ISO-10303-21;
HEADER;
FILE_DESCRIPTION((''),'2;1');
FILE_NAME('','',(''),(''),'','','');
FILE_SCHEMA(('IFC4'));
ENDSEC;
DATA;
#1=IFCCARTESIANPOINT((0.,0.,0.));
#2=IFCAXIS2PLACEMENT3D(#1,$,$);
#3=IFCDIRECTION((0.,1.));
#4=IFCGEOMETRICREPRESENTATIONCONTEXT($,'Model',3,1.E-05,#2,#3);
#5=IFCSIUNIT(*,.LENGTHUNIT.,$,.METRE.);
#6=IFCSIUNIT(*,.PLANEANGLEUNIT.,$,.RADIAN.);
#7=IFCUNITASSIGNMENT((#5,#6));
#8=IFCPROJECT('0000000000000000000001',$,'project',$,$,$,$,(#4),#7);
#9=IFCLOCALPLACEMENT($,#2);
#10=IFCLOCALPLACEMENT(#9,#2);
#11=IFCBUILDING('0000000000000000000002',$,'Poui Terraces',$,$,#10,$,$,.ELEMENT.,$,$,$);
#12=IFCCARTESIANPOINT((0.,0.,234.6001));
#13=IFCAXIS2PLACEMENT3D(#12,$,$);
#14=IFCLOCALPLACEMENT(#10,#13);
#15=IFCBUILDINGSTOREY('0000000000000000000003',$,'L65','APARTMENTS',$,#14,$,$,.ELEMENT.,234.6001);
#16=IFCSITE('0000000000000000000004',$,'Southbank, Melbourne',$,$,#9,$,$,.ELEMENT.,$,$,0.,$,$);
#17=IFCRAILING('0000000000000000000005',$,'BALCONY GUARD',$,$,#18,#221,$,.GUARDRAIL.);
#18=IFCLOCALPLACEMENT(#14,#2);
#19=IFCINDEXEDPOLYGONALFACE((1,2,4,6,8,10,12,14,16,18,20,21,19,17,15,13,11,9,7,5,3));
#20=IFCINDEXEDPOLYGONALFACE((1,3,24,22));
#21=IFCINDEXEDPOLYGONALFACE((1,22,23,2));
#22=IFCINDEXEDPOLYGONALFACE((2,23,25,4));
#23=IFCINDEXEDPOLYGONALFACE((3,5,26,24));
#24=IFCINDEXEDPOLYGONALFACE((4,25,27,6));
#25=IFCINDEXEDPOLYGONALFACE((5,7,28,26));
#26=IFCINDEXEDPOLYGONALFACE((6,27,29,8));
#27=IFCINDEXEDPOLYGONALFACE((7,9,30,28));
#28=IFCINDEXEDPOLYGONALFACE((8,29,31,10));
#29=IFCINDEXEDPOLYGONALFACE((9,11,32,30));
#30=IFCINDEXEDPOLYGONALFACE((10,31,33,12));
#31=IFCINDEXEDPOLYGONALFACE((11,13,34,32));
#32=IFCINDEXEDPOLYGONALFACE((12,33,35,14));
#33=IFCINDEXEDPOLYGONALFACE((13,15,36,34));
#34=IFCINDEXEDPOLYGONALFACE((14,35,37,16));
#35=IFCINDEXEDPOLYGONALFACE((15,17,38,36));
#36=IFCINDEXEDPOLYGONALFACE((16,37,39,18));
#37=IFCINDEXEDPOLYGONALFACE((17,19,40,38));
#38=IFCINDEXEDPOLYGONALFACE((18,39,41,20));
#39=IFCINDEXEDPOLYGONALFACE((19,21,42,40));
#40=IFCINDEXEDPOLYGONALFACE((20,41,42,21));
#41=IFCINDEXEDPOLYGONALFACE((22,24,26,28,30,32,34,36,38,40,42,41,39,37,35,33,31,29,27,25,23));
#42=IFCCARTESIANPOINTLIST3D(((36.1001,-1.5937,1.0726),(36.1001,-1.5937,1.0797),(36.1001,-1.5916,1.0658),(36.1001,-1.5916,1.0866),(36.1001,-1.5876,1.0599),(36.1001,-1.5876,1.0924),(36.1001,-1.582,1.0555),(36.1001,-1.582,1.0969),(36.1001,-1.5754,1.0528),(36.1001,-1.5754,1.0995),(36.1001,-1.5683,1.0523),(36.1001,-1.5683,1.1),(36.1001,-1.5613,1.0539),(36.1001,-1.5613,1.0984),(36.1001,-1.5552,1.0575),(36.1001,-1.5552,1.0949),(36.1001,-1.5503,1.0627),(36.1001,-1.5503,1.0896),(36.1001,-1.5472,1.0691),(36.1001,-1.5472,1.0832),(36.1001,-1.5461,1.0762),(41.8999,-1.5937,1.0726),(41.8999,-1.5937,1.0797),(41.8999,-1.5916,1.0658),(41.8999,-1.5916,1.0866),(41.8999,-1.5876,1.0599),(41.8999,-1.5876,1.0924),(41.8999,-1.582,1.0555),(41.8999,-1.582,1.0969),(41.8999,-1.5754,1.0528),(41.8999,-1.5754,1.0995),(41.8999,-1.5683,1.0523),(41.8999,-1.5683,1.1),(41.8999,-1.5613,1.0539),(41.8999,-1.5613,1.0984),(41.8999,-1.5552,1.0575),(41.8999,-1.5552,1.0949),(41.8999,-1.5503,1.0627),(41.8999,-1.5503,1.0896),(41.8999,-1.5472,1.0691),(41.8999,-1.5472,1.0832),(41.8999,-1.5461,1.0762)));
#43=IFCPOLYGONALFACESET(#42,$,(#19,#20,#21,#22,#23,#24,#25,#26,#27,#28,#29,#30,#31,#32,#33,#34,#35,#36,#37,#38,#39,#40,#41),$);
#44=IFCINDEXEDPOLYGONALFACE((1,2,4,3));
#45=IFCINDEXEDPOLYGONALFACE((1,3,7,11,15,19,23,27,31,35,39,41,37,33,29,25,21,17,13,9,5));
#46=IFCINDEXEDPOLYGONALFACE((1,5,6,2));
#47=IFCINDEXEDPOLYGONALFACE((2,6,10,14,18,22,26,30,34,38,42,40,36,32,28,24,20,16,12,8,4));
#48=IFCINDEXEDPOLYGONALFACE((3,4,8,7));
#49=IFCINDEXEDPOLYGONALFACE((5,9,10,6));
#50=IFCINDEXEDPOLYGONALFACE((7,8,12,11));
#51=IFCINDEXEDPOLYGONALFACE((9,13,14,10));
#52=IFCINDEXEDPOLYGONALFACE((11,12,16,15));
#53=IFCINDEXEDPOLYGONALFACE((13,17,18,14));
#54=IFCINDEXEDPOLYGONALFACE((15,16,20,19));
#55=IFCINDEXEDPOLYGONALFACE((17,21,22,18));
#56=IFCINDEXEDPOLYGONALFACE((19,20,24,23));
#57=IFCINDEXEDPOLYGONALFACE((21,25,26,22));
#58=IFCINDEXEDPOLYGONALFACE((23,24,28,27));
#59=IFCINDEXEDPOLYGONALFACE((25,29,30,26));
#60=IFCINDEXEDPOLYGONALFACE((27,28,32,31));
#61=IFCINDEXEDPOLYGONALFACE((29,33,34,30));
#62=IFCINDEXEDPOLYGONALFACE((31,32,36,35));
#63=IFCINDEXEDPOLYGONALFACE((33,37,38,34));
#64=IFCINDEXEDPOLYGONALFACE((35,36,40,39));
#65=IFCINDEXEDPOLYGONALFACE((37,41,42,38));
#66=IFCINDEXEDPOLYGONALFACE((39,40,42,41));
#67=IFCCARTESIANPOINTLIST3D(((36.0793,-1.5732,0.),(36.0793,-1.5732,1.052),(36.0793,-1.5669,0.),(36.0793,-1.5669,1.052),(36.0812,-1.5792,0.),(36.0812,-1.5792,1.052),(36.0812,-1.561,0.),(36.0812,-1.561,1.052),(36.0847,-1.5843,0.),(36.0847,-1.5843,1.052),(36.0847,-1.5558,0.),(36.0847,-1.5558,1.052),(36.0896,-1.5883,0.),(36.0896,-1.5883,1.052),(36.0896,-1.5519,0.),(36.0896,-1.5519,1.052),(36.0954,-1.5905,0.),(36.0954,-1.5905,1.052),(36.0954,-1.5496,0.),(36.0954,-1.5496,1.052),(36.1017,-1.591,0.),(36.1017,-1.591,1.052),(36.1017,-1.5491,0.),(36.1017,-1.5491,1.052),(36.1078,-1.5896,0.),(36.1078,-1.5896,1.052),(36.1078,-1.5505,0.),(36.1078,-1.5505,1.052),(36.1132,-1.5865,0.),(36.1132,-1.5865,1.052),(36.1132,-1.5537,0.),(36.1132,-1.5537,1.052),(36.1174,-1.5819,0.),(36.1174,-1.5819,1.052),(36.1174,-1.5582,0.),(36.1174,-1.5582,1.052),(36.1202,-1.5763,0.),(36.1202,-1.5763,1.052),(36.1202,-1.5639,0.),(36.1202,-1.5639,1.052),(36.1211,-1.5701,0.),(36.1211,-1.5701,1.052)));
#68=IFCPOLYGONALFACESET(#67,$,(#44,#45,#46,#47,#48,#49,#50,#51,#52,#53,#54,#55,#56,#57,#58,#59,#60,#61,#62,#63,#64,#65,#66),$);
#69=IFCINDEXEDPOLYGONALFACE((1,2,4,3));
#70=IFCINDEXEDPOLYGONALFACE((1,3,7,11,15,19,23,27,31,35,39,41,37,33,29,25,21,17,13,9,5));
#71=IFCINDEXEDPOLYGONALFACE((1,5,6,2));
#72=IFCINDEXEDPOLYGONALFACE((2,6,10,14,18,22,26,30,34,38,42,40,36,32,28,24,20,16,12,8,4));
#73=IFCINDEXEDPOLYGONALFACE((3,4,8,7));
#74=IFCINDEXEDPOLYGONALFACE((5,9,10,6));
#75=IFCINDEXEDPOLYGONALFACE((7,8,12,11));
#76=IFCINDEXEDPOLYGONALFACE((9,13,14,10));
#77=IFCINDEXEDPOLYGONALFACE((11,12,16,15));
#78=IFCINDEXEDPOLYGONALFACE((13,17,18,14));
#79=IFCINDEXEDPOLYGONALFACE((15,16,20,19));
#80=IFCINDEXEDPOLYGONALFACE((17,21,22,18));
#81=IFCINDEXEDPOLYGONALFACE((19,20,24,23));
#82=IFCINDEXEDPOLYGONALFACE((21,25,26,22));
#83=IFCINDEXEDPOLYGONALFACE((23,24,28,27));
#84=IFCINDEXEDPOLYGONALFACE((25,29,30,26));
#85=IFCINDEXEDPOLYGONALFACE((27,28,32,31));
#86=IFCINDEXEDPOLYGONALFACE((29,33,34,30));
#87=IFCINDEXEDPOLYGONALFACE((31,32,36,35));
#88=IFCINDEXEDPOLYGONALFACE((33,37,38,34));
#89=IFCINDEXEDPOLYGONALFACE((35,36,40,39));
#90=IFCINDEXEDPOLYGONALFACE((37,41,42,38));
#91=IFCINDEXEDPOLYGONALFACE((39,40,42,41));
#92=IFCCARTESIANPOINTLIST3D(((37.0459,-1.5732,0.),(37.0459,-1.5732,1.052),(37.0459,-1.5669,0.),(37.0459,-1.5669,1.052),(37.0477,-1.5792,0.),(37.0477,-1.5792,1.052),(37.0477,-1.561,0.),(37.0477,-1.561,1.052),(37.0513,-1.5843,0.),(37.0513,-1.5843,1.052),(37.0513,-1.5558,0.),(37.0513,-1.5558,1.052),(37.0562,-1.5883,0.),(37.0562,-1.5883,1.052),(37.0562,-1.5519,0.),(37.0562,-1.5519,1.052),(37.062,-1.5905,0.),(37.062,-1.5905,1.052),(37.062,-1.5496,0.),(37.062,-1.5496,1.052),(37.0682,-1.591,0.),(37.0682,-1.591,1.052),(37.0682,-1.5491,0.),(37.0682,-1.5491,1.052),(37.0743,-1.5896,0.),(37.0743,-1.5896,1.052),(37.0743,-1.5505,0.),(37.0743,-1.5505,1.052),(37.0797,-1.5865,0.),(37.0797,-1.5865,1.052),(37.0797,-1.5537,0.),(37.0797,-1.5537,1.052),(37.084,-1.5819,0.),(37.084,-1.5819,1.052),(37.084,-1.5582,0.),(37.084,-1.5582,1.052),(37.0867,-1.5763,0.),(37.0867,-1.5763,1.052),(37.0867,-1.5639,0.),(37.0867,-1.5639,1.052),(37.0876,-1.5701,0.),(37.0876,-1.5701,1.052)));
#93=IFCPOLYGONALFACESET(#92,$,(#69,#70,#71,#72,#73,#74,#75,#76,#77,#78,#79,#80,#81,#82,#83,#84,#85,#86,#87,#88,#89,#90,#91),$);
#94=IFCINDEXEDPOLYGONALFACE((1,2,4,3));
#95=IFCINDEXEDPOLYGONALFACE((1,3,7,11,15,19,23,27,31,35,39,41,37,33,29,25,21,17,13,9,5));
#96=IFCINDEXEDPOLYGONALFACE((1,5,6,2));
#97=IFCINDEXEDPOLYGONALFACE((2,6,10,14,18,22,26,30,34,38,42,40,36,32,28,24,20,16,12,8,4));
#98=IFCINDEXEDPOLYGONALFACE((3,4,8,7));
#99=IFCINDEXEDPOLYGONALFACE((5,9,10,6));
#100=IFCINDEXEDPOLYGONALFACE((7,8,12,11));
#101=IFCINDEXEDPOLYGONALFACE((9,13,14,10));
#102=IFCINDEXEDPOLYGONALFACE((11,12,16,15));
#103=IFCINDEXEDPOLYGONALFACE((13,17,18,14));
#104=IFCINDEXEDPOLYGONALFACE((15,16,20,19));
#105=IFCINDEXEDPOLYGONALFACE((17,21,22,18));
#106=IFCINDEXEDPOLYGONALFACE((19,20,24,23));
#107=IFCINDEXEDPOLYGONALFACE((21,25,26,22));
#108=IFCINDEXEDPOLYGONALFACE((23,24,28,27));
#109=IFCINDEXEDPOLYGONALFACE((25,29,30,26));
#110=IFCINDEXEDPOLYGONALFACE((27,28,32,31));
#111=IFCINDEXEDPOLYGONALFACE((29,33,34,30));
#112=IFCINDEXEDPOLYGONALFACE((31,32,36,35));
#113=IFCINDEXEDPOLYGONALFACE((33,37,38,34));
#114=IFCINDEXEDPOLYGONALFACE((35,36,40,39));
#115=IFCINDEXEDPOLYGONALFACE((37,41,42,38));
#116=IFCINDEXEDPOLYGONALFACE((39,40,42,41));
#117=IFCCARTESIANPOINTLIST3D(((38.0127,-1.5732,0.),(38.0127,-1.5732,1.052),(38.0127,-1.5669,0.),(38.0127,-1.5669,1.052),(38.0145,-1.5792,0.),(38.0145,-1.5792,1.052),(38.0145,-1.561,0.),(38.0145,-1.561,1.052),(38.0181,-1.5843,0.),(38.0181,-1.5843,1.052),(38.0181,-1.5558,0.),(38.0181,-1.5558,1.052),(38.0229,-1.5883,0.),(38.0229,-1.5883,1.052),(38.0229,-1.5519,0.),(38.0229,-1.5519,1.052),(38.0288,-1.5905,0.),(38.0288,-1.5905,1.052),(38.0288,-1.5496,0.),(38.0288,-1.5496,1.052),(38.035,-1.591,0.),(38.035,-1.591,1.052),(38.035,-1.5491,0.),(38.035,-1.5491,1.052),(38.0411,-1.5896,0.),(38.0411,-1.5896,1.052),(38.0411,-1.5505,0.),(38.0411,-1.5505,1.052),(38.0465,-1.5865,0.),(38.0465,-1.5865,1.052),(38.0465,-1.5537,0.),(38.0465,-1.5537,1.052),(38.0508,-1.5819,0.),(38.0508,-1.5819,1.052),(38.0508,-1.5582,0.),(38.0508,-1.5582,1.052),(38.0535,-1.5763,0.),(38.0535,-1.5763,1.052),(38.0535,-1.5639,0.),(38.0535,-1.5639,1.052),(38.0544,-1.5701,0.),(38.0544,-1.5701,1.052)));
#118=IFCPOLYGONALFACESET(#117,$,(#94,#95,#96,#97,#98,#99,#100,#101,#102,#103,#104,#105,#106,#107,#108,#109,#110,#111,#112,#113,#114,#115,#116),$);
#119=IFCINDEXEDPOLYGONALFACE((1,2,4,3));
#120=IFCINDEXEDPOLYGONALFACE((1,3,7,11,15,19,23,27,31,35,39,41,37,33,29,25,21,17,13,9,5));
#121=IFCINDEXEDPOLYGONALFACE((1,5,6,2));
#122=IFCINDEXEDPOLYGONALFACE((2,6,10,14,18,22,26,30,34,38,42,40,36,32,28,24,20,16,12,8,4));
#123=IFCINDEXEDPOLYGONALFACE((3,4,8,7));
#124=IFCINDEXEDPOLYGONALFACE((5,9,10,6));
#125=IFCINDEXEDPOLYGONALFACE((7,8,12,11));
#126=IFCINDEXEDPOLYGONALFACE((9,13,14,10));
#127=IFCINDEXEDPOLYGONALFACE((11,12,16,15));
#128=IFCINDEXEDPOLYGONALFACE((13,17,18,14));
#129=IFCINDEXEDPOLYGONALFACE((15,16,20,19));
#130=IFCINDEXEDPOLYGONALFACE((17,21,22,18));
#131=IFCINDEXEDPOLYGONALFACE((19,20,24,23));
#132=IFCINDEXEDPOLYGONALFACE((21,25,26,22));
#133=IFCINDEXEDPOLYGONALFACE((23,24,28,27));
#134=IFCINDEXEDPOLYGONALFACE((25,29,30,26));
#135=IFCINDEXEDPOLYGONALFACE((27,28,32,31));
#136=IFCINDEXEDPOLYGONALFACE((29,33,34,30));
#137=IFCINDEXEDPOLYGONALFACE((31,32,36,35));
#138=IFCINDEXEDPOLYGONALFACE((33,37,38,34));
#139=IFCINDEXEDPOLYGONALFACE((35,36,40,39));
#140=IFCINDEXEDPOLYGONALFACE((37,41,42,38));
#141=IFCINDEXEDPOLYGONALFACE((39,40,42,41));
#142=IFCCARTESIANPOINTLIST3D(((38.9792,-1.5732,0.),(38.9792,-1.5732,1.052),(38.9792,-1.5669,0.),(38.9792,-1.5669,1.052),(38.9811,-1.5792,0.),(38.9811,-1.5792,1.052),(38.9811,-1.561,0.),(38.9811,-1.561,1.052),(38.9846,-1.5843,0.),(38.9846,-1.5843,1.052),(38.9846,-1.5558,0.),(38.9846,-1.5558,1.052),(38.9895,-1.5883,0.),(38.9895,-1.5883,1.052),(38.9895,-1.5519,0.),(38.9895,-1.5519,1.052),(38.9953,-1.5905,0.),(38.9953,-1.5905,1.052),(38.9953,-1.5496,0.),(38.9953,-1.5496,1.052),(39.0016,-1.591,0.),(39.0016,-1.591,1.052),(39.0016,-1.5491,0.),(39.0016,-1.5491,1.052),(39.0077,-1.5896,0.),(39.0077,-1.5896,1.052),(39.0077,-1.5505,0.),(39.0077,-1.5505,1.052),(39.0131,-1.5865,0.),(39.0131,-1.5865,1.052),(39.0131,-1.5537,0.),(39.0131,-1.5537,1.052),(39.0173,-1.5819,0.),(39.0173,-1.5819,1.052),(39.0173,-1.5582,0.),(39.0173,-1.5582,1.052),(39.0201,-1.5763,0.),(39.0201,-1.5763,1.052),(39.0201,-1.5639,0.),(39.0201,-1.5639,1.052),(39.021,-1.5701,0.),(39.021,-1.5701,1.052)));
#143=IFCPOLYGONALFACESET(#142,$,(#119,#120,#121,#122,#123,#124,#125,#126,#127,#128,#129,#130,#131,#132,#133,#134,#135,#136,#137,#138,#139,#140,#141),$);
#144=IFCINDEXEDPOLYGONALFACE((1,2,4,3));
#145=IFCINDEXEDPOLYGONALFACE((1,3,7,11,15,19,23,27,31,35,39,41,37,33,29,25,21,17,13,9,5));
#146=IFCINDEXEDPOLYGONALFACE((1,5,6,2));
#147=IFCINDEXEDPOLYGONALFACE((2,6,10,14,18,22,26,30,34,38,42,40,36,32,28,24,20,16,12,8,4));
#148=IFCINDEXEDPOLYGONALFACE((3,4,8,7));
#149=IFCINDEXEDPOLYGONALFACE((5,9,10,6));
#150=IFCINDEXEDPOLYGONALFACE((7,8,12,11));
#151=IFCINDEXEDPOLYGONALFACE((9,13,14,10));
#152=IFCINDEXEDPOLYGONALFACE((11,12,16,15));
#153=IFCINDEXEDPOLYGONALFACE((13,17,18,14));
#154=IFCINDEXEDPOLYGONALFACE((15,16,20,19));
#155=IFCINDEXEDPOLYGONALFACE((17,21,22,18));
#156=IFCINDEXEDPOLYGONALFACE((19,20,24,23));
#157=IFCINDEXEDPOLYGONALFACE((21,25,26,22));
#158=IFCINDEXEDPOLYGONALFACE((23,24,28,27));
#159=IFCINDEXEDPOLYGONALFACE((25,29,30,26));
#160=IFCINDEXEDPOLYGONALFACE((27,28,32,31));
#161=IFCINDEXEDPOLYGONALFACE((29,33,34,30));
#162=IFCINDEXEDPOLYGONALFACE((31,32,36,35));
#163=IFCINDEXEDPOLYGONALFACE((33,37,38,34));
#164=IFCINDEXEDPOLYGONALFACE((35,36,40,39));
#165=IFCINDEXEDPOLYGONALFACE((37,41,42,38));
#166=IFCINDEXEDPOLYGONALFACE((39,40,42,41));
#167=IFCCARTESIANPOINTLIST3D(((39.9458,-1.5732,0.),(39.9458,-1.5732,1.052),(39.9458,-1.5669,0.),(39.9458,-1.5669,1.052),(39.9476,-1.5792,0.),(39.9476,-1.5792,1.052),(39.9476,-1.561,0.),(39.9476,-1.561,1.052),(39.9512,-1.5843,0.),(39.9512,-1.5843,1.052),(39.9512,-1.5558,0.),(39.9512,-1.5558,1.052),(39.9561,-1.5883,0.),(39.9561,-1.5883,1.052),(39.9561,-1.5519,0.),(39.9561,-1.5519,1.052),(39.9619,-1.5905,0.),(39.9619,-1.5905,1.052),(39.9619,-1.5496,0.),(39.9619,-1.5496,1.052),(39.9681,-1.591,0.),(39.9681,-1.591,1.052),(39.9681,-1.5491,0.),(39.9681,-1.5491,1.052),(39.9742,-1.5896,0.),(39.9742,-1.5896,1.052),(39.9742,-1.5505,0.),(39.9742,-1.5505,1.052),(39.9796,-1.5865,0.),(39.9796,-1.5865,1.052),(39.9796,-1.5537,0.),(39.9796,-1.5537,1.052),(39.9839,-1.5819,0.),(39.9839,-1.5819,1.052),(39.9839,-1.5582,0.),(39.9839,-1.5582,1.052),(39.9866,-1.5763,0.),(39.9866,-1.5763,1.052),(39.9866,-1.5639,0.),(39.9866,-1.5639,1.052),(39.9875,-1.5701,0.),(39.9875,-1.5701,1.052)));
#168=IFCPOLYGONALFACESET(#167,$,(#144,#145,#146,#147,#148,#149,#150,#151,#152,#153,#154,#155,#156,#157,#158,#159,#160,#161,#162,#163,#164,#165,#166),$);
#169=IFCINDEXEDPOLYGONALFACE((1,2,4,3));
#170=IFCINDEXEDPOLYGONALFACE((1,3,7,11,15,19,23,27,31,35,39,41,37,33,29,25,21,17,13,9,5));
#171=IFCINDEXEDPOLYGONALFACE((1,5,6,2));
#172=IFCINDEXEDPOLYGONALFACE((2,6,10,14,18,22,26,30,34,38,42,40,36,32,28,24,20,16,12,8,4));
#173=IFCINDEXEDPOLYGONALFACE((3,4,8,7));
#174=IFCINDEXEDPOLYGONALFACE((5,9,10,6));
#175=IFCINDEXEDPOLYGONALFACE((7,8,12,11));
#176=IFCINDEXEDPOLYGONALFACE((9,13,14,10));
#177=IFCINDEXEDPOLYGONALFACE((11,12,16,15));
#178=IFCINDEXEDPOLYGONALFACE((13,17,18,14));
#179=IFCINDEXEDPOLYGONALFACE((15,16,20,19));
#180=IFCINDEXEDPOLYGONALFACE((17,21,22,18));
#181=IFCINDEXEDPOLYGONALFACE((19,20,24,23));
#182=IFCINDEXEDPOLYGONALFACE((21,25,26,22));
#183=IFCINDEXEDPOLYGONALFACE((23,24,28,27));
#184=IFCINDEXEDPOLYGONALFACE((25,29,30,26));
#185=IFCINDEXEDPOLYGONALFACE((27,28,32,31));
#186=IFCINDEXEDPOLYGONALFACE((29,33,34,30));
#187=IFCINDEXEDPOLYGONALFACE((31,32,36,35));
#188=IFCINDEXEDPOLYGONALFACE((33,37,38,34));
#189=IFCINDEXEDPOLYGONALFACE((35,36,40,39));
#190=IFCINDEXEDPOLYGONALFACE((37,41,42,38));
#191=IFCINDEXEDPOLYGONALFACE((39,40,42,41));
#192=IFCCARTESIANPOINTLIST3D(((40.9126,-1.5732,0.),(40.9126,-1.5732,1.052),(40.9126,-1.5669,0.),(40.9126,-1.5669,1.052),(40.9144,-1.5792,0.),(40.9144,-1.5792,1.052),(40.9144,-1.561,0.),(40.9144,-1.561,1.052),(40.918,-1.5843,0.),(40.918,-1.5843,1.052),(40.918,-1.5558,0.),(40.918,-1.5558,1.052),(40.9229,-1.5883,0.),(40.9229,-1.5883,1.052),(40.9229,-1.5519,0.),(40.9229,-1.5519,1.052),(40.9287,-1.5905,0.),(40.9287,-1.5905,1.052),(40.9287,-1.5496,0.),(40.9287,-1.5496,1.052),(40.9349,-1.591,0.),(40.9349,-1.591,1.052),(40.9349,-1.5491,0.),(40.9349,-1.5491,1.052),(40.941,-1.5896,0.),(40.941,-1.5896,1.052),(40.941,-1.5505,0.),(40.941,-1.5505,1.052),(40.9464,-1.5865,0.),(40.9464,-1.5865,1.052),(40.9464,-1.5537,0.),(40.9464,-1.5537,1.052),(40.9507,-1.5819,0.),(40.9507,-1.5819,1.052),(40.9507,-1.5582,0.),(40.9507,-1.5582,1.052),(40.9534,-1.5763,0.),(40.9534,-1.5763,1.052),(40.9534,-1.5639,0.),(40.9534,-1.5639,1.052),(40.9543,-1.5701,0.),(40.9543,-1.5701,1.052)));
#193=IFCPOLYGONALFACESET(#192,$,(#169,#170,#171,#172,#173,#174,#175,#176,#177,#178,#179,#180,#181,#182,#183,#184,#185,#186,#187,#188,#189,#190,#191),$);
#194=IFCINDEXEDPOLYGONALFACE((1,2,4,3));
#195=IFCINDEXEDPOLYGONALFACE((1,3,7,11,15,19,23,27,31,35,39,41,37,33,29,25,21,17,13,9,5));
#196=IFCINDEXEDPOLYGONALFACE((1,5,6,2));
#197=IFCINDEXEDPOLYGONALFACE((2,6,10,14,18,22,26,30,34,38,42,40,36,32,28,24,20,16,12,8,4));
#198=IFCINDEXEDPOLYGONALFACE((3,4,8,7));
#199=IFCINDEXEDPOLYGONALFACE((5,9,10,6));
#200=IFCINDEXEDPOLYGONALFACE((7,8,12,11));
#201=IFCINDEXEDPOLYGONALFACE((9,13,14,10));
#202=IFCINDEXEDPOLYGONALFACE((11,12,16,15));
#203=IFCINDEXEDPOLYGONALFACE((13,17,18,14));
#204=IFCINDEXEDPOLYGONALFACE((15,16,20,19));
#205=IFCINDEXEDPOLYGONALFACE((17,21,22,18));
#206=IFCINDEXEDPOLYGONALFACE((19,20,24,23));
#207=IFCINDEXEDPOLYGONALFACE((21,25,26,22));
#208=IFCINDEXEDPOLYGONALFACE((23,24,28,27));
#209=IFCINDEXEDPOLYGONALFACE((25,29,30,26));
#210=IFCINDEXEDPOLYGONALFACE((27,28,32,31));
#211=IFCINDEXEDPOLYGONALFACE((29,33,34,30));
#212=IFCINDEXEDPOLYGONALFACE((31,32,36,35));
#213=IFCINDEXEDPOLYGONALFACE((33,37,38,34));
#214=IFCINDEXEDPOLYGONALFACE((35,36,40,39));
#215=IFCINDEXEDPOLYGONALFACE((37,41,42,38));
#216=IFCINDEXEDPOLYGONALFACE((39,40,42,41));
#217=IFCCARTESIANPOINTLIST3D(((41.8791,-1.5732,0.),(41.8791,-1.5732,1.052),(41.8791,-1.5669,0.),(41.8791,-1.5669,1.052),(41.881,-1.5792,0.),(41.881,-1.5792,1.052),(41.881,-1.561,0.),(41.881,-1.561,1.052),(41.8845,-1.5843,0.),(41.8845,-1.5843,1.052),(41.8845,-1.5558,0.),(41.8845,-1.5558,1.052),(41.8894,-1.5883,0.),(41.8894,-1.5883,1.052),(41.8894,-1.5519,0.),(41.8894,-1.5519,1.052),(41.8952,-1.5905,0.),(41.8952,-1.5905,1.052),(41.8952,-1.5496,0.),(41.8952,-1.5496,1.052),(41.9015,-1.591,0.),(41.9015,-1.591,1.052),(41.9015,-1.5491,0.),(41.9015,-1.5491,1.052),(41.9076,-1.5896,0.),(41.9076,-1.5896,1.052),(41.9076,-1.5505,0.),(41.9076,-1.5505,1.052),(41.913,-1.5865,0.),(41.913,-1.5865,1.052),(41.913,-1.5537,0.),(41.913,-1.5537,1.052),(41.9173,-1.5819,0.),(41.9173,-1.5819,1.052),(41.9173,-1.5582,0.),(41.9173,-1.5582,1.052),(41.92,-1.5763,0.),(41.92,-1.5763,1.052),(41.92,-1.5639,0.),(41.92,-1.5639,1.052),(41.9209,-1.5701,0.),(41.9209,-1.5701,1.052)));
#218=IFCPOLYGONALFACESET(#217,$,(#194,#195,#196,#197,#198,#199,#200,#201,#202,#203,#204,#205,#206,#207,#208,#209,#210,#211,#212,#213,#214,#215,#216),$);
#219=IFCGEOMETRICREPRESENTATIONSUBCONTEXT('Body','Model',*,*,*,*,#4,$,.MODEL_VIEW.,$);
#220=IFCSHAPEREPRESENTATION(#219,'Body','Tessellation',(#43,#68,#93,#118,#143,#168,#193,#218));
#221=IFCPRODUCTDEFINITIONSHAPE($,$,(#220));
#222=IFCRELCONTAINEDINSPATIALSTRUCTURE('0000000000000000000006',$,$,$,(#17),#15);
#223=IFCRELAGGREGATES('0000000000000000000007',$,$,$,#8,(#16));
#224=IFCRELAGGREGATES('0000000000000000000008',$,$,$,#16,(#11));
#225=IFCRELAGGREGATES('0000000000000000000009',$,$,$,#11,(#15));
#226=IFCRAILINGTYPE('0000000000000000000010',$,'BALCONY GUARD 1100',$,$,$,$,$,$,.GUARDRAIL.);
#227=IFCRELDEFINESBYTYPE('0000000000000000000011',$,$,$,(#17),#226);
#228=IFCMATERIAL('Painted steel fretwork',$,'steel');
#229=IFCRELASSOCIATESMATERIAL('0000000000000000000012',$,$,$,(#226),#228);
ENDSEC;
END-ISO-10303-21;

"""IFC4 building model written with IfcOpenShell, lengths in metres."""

from ifc_helpers import new_model, si_unit, direction, frame, origin, origin_2d, place, context, subcontext, project, spatial, circle, extrude, material, type_object, element, save


model = new_model("IFC4")

# Units and contexts
model_context = context("Model", 3, precision=1e-05, world=origin(), true_north=direction((0.0, 1.0)))
body_context = subcontext(model_context, "Body", "Model", "MODEL_VIEW")
ifc_project = project(units=[si_unit("LENGTHUNIT", "METRE"), si_unit("PLANEANGLEUNIT", "RADIAN")], contexts=[model_context])

# Site, building, storey
site_placement = place(None, origin())
site = spatial("IfcSite", under=ifc_project, at=site_placement, Name="Southbank, Melbourne", CompositionType="ELEMENT", RefElevation=0.0)
building_placement = place(site_placement, origin())
building = spatial("IfcBuilding", under=site, at=building_placement, Name="Poui Terraces", CompositionType="ELEMENT")
storey_placement = place(building_placement, frame((0.0, 0.0, 234.6001)))
storey = spatial("IfcBuildingStorey", under=building, at=storey_placement, Name="L65", Description="APARTMENTS", CompositionType="ELEMENT", Elevation=234.6001)

# Railing
ifc_material_1 = material(Name="Painted steel fretwork", Category="steel")
railing_type = type_object("IfcRailingType", Name="BALCONY GUARD 1100", PredefinedType="GUARDRAIL", material=ifc_material_1)
railing_placement = place(storey_placement, frame((36.1001, -1.5701, 0.0)))
element("IfcRailing", 1, at=railing_placement, inside=storey, type_object=railing_type, Name="BALCONY GUARD", PredefinedType="GUARDRAIL", context=body_context, shape_type="SweptSolid", body=[
    extrude(circle(Radius=0.0239, at=origin_2d()), frame((0.0, 0.0, 1.0762), z_axis=(1.0, 0.0, 0.0), x_axis=(0.0, 1.0, 0.0)), (0.0, 0.0, 1.0), 5.7998),
    extrude(circle(Radius=0.021, at=origin_2d()), origin(), (0.0, 0.0, 1.0), 1.052),
    extrude(circle(Radius=0.021, at=origin_2d()), frame((0.9666, 0.0, 0.0)), (0.0, 0.0, 1.0), 1.052),
    extrude(circle(Radius=0.021, at=origin_2d()), frame((1.9333, 0.0, 0.0)), (0.0, 0.0, 1.0), 1.052),
    extrude(circle(Radius=0.021, at=origin_2d()), frame((2.8999, 0.0, 0.0)), (0.0, 0.0, 1.0), 1.052),
    extrude(circle(Radius=0.021, at=origin_2d()), frame((3.8665, 0.0, 0.0)), (0.0, 0.0, 1.0), 1.052),
    extrude(circle(Radius=0.021, at=origin_2d()), frame((4.8333, 0.0, 0.0)), (0.0, 0.0, 1.0), 1.052),
    extrude(circle(Radius=0.021, at=origin_2d()), frame((5.7998, 0.0, 0.0)), (0.0, 0.0, 1.0), 1.052),
])

save(model, "model.ifc")
